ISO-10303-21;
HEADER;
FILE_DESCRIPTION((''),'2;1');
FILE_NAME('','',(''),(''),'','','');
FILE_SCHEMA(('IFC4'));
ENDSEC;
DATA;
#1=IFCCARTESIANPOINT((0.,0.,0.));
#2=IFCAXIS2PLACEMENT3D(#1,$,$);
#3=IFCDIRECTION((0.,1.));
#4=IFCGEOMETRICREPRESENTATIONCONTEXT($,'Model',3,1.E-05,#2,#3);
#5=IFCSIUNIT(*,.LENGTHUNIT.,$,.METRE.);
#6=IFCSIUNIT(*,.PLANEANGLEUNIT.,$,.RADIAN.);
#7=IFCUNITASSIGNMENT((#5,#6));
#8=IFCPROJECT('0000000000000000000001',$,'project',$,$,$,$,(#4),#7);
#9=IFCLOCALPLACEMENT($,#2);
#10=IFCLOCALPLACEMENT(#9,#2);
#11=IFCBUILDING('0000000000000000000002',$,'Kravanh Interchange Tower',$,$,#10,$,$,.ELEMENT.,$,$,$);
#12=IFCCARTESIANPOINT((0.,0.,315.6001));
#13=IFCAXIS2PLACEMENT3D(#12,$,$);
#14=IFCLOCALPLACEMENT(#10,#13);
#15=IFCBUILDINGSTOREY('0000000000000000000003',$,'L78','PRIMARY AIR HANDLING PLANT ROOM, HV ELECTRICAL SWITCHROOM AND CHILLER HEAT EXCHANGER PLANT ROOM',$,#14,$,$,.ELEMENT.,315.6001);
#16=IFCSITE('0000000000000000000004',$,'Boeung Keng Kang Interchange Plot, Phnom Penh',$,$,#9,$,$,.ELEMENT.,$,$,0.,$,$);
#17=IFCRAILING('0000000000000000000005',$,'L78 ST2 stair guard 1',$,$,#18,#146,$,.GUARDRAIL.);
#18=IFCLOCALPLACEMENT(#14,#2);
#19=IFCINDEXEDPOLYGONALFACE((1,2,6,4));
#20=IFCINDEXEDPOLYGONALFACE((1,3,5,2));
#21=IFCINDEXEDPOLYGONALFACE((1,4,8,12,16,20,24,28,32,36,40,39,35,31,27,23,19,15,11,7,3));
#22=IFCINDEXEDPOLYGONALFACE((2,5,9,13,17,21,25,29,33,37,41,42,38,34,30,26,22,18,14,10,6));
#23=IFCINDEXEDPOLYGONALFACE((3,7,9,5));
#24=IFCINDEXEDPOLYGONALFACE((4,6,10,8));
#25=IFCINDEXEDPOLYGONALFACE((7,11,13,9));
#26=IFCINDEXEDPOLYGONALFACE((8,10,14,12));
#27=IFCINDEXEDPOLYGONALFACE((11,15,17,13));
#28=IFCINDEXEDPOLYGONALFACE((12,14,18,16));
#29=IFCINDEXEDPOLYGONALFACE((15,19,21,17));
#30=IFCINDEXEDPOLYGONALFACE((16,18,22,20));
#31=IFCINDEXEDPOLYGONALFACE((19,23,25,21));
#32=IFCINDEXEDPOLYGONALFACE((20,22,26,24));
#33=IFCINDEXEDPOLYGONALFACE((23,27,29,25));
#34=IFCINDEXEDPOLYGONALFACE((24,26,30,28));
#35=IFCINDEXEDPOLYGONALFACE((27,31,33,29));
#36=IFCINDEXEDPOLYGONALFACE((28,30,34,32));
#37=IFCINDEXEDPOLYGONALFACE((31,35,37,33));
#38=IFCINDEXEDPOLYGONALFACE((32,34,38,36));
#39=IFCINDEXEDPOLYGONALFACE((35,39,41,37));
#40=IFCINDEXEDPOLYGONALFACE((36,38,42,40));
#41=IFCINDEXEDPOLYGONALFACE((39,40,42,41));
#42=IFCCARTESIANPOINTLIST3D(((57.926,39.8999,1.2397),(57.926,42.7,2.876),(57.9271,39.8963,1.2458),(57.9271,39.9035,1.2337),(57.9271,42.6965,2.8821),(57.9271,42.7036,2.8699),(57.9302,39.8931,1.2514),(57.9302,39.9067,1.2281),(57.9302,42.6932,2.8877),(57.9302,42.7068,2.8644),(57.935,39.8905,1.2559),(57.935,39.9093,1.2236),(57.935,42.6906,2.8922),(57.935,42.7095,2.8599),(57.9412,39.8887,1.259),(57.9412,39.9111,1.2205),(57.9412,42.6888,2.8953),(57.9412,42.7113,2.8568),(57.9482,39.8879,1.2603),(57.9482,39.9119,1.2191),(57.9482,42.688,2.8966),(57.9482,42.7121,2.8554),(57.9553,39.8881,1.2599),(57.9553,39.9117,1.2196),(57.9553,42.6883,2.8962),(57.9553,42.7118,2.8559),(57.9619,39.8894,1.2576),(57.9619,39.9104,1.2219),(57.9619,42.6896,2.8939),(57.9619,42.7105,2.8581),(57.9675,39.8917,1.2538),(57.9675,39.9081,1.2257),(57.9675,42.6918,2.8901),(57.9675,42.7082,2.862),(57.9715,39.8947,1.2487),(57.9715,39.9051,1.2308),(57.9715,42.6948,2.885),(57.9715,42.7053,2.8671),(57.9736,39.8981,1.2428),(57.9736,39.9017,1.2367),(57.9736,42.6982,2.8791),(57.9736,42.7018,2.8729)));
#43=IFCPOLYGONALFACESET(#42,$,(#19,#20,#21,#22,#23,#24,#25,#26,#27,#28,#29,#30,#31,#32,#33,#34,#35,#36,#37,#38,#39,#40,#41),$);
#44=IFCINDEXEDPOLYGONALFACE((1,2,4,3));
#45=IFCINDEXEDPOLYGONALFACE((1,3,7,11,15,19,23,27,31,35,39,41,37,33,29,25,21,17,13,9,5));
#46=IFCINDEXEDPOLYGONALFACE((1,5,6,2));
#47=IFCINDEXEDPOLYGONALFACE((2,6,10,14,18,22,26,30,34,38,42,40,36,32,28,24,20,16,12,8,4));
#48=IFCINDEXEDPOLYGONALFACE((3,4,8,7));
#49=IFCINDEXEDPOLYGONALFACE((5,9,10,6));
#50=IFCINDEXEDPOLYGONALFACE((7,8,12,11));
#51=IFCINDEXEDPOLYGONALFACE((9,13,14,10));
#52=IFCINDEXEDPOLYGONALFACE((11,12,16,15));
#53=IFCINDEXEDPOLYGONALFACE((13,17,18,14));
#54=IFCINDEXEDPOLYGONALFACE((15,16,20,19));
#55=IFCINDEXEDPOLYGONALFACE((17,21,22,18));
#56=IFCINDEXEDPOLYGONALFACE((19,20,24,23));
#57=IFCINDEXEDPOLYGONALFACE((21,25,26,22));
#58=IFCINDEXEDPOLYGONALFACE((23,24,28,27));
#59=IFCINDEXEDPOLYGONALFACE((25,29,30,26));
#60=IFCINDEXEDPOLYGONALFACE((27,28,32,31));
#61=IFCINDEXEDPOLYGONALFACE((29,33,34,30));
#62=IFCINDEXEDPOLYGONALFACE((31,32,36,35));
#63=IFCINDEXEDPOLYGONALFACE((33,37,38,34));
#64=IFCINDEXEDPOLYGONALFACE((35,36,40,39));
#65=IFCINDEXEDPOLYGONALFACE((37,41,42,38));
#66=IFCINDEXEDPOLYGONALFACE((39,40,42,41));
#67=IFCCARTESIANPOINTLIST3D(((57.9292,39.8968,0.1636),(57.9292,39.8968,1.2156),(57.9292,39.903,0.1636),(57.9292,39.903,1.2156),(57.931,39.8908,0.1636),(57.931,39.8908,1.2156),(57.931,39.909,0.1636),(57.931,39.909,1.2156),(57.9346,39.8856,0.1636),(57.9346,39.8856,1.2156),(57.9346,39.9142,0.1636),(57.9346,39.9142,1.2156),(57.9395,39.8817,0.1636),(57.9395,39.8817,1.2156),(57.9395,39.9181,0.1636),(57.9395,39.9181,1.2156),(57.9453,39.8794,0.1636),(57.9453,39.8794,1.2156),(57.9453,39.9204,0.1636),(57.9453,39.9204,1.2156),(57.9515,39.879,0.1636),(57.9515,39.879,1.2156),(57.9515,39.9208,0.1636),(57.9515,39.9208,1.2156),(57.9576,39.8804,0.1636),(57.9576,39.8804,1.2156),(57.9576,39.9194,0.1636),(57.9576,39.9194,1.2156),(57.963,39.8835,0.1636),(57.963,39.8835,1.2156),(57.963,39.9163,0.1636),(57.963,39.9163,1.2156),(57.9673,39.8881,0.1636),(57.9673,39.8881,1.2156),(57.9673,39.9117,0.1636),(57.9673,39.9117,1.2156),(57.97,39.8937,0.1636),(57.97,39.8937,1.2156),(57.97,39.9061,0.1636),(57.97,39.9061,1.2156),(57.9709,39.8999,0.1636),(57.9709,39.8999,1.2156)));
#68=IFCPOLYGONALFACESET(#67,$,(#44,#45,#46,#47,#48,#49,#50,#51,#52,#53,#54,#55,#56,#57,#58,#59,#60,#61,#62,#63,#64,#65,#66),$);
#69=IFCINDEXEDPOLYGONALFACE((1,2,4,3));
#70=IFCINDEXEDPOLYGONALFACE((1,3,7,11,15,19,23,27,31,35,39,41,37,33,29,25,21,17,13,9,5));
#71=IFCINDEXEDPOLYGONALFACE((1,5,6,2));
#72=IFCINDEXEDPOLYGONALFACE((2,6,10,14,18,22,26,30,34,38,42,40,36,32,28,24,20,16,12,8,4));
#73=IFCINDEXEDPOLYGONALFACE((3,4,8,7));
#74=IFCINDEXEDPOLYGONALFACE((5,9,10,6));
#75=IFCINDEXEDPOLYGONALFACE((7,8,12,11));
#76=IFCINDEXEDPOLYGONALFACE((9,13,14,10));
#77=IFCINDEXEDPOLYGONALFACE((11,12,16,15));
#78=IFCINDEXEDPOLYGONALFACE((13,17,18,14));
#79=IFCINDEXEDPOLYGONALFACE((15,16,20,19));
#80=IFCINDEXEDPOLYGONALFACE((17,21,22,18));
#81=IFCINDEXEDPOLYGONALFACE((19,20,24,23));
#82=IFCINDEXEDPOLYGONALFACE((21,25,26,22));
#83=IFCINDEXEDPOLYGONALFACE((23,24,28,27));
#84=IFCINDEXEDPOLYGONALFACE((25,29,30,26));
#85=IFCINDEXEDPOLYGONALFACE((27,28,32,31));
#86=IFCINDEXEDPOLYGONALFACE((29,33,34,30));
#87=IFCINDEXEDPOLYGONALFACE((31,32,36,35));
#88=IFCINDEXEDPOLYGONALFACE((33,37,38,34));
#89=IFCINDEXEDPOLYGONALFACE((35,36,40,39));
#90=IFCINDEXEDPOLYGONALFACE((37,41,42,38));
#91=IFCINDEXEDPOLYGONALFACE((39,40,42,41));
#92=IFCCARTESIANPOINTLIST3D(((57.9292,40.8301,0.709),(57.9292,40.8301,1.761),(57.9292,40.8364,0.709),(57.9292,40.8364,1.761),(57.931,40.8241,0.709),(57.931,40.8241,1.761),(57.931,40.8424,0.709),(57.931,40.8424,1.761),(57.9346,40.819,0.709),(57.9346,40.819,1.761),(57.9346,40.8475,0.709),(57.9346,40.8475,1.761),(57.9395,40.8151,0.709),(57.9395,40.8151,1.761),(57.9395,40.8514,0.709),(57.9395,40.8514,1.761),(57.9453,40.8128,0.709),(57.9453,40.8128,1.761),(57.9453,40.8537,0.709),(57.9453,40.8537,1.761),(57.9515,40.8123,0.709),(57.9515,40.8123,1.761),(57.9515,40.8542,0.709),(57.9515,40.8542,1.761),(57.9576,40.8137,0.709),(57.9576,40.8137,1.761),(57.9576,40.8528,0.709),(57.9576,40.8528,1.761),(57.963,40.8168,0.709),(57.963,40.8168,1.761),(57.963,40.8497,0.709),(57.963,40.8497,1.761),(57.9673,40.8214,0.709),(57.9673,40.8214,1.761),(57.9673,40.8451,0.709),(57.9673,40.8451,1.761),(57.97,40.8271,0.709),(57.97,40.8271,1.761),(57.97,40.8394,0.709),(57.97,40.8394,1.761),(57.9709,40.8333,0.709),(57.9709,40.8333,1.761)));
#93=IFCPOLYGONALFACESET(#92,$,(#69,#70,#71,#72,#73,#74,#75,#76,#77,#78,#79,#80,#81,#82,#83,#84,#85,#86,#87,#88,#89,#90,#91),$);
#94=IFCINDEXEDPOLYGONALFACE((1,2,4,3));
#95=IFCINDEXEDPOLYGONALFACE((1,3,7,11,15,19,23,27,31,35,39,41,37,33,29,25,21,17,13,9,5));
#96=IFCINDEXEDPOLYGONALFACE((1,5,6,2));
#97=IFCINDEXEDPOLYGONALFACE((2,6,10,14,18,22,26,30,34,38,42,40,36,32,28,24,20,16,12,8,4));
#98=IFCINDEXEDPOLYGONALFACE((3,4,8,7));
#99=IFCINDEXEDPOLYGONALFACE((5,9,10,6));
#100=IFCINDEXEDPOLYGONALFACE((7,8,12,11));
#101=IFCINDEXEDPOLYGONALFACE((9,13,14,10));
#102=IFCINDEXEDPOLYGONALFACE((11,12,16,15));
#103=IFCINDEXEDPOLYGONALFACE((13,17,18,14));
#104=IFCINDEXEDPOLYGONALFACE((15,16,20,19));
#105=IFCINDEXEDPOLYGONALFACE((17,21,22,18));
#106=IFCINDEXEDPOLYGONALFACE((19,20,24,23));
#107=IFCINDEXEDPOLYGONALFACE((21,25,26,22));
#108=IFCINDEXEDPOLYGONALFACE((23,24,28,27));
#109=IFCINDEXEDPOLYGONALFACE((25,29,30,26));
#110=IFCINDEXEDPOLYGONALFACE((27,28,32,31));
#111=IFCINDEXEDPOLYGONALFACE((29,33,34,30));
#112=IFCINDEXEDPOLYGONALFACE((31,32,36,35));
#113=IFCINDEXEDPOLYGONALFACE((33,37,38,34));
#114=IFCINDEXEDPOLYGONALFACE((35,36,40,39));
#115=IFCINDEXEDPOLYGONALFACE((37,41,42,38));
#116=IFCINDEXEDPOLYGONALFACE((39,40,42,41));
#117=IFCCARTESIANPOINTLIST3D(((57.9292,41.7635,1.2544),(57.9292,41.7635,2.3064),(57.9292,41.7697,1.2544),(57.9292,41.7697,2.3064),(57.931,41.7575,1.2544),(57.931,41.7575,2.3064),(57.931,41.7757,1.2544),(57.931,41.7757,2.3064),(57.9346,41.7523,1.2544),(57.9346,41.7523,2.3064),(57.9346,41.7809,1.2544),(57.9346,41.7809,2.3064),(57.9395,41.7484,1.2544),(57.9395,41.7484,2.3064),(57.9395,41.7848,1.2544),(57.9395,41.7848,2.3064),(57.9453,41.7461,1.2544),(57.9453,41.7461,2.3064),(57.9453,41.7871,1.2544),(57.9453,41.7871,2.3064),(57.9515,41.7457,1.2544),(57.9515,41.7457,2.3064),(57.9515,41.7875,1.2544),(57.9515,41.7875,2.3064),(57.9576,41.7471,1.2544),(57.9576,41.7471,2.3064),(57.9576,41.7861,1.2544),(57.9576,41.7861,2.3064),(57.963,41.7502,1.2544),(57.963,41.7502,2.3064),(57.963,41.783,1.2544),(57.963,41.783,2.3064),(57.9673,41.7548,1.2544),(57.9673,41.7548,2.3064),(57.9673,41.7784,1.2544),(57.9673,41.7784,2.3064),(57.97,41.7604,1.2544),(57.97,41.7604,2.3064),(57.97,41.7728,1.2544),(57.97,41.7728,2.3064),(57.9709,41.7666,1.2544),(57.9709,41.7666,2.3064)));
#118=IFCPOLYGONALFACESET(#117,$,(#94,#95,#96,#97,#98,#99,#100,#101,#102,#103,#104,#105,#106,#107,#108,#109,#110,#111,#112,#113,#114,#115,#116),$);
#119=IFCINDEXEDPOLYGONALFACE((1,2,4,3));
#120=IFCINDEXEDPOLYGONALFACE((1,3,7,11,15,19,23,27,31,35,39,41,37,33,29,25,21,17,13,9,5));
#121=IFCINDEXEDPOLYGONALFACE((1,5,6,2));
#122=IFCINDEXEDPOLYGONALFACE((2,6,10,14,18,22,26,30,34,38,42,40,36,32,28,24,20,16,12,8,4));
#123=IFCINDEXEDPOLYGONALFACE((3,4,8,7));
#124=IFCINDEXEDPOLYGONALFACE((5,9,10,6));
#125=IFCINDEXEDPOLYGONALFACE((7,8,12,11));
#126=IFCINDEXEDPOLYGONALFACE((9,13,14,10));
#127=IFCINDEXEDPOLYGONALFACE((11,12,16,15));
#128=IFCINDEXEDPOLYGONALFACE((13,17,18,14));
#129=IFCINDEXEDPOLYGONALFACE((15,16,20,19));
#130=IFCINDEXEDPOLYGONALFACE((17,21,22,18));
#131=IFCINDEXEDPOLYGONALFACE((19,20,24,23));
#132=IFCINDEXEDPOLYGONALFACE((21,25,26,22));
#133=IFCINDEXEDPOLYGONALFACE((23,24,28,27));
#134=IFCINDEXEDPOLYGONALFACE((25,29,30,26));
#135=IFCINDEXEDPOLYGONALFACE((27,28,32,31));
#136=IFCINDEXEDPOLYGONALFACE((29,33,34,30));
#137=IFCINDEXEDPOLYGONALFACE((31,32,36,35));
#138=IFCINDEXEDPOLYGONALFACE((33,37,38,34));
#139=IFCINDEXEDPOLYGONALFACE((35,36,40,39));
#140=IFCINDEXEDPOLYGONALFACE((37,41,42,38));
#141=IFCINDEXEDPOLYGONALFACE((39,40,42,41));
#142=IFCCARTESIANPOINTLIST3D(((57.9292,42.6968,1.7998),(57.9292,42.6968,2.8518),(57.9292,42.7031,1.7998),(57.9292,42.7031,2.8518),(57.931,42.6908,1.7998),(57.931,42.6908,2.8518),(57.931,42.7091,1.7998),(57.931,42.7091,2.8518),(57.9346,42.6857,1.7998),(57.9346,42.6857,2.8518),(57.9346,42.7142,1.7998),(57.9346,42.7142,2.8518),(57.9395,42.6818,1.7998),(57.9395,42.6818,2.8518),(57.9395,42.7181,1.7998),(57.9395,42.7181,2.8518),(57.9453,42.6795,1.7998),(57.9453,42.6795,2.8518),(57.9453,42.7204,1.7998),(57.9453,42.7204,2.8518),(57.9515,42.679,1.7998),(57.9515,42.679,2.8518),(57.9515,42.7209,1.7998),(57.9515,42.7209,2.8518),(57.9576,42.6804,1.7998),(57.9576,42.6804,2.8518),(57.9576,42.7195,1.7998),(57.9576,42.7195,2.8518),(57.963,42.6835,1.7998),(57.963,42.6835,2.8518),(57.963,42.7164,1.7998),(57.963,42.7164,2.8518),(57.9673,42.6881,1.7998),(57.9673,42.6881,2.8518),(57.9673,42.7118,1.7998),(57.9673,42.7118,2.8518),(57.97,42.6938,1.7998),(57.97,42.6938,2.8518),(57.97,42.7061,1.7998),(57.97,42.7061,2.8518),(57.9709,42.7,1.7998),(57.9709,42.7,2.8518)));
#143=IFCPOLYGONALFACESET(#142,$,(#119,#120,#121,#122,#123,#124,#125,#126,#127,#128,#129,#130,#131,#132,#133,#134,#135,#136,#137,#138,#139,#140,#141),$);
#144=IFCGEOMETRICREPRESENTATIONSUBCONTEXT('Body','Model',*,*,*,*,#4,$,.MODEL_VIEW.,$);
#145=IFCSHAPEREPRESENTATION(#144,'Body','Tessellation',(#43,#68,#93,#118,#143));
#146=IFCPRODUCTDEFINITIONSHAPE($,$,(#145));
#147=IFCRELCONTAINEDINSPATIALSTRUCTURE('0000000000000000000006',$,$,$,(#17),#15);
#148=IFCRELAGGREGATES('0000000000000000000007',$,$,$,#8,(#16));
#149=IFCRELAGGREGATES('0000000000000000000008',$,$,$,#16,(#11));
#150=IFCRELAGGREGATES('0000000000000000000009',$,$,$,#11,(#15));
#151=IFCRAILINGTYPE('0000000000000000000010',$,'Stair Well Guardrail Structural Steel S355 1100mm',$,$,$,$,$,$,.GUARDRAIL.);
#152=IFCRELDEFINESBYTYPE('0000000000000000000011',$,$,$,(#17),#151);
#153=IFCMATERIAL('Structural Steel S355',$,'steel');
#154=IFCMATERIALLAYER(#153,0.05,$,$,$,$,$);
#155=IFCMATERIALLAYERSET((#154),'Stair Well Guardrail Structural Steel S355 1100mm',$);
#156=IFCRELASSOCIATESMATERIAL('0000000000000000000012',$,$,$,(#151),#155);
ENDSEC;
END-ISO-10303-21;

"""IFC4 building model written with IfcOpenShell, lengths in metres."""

from ifc_helpers import new_model, si_unit, direction, frame, origin, origin_2d, place, context, subcontext, project, spatial, circle, extrude, material, layer, layer_set, type_object, element, save


model = new_model("IFC4")

# Units and contexts
model_context = context("Model", 3, precision=1e-05, world=origin(), true_north=direction((0.0, 1.0)))
body_context = subcontext(model_context, "Body", "Model", "MODEL_VIEW")
ifc_project = project(units=[si_unit("LENGTHUNIT", "METRE"), si_unit("PLANEANGLEUNIT", "RADIAN")], contexts=[model_context])

# Site, building, storey
site_placement = place(None, origin())
site = spatial("IfcSite", under=ifc_project, at=site_placement, Name="Boeung Keng Kang Interchange Plot, Phnom Penh", CompositionType="ELEMENT", RefElevation=0.0)
building_placement = place(site_placement, origin())
building = spatial("IfcBuilding", under=site, at=building_placement, Name="Kravanh Interchange Tower", CompositionType="ELEMENT")
storey_placement = place(building_placement, frame((0.0, 0.0, 315.6001)))
storey = spatial("IfcBuildingStorey", under=building, at=storey_placement, Name="L78", Description="PRIMARY AIR HANDLING PLANT ROOM, HV ELECTRICAL SWITCHROOM AND CHILLER HEAT EXCHANGER PLANT ROOM", CompositionType="ELEMENT", Elevation=315.6001)

# Railing
ifc_material_1 = material(Name="Structural Steel S355", Category="steel")
ifc_layer_1 = layer(ifc_material_1, 0.05)
ifc_layer_set_1 = layer_set([ifc_layer_1], Name="Stair Well Guardrail Structural Steel S355 1100mm")
railing_type_1 = type_object("IfcRailingType", Name="Stair Well Guardrail Structural Steel S355 1100mm", PredefinedType="GUARDRAIL", material=ifc_layer_set_1)
railing_1_placement = place(storey_placement, frame((57.95, 39.8999, 0.1636)))
element("IfcRailing", 1, at=railing_1_placement, inside=storey, type_object=railing_type_1, Name="L78 ST2 stair guard 1", PredefinedType="GUARDRAIL", context=body_context, shape_type="SweptSolid", body=[
    extrude(circle(Radius=0.0239, at=origin_2d()), frame((0.0, 0.0, 1.0762), z_axis=(0.0, 0.863394, 0.504531), x_axis=(-1.0, 0.0, 0.0)), (0.0, 0.0, 1.0), 3.2432),
    extrude(circle(Radius=0.021, at=origin_2d()), origin(), (0.0, 0.0, 1.0), 1.052),
    extrude(circle(Radius=0.021, at=origin_2d()), frame((0.0, 0.9333, 0.5454)), (0.0, 0.0, 1.0), 1.052),
    extrude(circle(Radius=0.021, at=origin_2d()), frame((0.0, 1.8667, 1.0908)), (0.0, 0.0, 1.0), 1.052),
    extrude(circle(Radius=0.021, at=origin_2d()), frame((0.0, 2.8, 1.6362)), (0.0, 0.0, 1.0), 1.052),
])

save(model, "model.ifc")
